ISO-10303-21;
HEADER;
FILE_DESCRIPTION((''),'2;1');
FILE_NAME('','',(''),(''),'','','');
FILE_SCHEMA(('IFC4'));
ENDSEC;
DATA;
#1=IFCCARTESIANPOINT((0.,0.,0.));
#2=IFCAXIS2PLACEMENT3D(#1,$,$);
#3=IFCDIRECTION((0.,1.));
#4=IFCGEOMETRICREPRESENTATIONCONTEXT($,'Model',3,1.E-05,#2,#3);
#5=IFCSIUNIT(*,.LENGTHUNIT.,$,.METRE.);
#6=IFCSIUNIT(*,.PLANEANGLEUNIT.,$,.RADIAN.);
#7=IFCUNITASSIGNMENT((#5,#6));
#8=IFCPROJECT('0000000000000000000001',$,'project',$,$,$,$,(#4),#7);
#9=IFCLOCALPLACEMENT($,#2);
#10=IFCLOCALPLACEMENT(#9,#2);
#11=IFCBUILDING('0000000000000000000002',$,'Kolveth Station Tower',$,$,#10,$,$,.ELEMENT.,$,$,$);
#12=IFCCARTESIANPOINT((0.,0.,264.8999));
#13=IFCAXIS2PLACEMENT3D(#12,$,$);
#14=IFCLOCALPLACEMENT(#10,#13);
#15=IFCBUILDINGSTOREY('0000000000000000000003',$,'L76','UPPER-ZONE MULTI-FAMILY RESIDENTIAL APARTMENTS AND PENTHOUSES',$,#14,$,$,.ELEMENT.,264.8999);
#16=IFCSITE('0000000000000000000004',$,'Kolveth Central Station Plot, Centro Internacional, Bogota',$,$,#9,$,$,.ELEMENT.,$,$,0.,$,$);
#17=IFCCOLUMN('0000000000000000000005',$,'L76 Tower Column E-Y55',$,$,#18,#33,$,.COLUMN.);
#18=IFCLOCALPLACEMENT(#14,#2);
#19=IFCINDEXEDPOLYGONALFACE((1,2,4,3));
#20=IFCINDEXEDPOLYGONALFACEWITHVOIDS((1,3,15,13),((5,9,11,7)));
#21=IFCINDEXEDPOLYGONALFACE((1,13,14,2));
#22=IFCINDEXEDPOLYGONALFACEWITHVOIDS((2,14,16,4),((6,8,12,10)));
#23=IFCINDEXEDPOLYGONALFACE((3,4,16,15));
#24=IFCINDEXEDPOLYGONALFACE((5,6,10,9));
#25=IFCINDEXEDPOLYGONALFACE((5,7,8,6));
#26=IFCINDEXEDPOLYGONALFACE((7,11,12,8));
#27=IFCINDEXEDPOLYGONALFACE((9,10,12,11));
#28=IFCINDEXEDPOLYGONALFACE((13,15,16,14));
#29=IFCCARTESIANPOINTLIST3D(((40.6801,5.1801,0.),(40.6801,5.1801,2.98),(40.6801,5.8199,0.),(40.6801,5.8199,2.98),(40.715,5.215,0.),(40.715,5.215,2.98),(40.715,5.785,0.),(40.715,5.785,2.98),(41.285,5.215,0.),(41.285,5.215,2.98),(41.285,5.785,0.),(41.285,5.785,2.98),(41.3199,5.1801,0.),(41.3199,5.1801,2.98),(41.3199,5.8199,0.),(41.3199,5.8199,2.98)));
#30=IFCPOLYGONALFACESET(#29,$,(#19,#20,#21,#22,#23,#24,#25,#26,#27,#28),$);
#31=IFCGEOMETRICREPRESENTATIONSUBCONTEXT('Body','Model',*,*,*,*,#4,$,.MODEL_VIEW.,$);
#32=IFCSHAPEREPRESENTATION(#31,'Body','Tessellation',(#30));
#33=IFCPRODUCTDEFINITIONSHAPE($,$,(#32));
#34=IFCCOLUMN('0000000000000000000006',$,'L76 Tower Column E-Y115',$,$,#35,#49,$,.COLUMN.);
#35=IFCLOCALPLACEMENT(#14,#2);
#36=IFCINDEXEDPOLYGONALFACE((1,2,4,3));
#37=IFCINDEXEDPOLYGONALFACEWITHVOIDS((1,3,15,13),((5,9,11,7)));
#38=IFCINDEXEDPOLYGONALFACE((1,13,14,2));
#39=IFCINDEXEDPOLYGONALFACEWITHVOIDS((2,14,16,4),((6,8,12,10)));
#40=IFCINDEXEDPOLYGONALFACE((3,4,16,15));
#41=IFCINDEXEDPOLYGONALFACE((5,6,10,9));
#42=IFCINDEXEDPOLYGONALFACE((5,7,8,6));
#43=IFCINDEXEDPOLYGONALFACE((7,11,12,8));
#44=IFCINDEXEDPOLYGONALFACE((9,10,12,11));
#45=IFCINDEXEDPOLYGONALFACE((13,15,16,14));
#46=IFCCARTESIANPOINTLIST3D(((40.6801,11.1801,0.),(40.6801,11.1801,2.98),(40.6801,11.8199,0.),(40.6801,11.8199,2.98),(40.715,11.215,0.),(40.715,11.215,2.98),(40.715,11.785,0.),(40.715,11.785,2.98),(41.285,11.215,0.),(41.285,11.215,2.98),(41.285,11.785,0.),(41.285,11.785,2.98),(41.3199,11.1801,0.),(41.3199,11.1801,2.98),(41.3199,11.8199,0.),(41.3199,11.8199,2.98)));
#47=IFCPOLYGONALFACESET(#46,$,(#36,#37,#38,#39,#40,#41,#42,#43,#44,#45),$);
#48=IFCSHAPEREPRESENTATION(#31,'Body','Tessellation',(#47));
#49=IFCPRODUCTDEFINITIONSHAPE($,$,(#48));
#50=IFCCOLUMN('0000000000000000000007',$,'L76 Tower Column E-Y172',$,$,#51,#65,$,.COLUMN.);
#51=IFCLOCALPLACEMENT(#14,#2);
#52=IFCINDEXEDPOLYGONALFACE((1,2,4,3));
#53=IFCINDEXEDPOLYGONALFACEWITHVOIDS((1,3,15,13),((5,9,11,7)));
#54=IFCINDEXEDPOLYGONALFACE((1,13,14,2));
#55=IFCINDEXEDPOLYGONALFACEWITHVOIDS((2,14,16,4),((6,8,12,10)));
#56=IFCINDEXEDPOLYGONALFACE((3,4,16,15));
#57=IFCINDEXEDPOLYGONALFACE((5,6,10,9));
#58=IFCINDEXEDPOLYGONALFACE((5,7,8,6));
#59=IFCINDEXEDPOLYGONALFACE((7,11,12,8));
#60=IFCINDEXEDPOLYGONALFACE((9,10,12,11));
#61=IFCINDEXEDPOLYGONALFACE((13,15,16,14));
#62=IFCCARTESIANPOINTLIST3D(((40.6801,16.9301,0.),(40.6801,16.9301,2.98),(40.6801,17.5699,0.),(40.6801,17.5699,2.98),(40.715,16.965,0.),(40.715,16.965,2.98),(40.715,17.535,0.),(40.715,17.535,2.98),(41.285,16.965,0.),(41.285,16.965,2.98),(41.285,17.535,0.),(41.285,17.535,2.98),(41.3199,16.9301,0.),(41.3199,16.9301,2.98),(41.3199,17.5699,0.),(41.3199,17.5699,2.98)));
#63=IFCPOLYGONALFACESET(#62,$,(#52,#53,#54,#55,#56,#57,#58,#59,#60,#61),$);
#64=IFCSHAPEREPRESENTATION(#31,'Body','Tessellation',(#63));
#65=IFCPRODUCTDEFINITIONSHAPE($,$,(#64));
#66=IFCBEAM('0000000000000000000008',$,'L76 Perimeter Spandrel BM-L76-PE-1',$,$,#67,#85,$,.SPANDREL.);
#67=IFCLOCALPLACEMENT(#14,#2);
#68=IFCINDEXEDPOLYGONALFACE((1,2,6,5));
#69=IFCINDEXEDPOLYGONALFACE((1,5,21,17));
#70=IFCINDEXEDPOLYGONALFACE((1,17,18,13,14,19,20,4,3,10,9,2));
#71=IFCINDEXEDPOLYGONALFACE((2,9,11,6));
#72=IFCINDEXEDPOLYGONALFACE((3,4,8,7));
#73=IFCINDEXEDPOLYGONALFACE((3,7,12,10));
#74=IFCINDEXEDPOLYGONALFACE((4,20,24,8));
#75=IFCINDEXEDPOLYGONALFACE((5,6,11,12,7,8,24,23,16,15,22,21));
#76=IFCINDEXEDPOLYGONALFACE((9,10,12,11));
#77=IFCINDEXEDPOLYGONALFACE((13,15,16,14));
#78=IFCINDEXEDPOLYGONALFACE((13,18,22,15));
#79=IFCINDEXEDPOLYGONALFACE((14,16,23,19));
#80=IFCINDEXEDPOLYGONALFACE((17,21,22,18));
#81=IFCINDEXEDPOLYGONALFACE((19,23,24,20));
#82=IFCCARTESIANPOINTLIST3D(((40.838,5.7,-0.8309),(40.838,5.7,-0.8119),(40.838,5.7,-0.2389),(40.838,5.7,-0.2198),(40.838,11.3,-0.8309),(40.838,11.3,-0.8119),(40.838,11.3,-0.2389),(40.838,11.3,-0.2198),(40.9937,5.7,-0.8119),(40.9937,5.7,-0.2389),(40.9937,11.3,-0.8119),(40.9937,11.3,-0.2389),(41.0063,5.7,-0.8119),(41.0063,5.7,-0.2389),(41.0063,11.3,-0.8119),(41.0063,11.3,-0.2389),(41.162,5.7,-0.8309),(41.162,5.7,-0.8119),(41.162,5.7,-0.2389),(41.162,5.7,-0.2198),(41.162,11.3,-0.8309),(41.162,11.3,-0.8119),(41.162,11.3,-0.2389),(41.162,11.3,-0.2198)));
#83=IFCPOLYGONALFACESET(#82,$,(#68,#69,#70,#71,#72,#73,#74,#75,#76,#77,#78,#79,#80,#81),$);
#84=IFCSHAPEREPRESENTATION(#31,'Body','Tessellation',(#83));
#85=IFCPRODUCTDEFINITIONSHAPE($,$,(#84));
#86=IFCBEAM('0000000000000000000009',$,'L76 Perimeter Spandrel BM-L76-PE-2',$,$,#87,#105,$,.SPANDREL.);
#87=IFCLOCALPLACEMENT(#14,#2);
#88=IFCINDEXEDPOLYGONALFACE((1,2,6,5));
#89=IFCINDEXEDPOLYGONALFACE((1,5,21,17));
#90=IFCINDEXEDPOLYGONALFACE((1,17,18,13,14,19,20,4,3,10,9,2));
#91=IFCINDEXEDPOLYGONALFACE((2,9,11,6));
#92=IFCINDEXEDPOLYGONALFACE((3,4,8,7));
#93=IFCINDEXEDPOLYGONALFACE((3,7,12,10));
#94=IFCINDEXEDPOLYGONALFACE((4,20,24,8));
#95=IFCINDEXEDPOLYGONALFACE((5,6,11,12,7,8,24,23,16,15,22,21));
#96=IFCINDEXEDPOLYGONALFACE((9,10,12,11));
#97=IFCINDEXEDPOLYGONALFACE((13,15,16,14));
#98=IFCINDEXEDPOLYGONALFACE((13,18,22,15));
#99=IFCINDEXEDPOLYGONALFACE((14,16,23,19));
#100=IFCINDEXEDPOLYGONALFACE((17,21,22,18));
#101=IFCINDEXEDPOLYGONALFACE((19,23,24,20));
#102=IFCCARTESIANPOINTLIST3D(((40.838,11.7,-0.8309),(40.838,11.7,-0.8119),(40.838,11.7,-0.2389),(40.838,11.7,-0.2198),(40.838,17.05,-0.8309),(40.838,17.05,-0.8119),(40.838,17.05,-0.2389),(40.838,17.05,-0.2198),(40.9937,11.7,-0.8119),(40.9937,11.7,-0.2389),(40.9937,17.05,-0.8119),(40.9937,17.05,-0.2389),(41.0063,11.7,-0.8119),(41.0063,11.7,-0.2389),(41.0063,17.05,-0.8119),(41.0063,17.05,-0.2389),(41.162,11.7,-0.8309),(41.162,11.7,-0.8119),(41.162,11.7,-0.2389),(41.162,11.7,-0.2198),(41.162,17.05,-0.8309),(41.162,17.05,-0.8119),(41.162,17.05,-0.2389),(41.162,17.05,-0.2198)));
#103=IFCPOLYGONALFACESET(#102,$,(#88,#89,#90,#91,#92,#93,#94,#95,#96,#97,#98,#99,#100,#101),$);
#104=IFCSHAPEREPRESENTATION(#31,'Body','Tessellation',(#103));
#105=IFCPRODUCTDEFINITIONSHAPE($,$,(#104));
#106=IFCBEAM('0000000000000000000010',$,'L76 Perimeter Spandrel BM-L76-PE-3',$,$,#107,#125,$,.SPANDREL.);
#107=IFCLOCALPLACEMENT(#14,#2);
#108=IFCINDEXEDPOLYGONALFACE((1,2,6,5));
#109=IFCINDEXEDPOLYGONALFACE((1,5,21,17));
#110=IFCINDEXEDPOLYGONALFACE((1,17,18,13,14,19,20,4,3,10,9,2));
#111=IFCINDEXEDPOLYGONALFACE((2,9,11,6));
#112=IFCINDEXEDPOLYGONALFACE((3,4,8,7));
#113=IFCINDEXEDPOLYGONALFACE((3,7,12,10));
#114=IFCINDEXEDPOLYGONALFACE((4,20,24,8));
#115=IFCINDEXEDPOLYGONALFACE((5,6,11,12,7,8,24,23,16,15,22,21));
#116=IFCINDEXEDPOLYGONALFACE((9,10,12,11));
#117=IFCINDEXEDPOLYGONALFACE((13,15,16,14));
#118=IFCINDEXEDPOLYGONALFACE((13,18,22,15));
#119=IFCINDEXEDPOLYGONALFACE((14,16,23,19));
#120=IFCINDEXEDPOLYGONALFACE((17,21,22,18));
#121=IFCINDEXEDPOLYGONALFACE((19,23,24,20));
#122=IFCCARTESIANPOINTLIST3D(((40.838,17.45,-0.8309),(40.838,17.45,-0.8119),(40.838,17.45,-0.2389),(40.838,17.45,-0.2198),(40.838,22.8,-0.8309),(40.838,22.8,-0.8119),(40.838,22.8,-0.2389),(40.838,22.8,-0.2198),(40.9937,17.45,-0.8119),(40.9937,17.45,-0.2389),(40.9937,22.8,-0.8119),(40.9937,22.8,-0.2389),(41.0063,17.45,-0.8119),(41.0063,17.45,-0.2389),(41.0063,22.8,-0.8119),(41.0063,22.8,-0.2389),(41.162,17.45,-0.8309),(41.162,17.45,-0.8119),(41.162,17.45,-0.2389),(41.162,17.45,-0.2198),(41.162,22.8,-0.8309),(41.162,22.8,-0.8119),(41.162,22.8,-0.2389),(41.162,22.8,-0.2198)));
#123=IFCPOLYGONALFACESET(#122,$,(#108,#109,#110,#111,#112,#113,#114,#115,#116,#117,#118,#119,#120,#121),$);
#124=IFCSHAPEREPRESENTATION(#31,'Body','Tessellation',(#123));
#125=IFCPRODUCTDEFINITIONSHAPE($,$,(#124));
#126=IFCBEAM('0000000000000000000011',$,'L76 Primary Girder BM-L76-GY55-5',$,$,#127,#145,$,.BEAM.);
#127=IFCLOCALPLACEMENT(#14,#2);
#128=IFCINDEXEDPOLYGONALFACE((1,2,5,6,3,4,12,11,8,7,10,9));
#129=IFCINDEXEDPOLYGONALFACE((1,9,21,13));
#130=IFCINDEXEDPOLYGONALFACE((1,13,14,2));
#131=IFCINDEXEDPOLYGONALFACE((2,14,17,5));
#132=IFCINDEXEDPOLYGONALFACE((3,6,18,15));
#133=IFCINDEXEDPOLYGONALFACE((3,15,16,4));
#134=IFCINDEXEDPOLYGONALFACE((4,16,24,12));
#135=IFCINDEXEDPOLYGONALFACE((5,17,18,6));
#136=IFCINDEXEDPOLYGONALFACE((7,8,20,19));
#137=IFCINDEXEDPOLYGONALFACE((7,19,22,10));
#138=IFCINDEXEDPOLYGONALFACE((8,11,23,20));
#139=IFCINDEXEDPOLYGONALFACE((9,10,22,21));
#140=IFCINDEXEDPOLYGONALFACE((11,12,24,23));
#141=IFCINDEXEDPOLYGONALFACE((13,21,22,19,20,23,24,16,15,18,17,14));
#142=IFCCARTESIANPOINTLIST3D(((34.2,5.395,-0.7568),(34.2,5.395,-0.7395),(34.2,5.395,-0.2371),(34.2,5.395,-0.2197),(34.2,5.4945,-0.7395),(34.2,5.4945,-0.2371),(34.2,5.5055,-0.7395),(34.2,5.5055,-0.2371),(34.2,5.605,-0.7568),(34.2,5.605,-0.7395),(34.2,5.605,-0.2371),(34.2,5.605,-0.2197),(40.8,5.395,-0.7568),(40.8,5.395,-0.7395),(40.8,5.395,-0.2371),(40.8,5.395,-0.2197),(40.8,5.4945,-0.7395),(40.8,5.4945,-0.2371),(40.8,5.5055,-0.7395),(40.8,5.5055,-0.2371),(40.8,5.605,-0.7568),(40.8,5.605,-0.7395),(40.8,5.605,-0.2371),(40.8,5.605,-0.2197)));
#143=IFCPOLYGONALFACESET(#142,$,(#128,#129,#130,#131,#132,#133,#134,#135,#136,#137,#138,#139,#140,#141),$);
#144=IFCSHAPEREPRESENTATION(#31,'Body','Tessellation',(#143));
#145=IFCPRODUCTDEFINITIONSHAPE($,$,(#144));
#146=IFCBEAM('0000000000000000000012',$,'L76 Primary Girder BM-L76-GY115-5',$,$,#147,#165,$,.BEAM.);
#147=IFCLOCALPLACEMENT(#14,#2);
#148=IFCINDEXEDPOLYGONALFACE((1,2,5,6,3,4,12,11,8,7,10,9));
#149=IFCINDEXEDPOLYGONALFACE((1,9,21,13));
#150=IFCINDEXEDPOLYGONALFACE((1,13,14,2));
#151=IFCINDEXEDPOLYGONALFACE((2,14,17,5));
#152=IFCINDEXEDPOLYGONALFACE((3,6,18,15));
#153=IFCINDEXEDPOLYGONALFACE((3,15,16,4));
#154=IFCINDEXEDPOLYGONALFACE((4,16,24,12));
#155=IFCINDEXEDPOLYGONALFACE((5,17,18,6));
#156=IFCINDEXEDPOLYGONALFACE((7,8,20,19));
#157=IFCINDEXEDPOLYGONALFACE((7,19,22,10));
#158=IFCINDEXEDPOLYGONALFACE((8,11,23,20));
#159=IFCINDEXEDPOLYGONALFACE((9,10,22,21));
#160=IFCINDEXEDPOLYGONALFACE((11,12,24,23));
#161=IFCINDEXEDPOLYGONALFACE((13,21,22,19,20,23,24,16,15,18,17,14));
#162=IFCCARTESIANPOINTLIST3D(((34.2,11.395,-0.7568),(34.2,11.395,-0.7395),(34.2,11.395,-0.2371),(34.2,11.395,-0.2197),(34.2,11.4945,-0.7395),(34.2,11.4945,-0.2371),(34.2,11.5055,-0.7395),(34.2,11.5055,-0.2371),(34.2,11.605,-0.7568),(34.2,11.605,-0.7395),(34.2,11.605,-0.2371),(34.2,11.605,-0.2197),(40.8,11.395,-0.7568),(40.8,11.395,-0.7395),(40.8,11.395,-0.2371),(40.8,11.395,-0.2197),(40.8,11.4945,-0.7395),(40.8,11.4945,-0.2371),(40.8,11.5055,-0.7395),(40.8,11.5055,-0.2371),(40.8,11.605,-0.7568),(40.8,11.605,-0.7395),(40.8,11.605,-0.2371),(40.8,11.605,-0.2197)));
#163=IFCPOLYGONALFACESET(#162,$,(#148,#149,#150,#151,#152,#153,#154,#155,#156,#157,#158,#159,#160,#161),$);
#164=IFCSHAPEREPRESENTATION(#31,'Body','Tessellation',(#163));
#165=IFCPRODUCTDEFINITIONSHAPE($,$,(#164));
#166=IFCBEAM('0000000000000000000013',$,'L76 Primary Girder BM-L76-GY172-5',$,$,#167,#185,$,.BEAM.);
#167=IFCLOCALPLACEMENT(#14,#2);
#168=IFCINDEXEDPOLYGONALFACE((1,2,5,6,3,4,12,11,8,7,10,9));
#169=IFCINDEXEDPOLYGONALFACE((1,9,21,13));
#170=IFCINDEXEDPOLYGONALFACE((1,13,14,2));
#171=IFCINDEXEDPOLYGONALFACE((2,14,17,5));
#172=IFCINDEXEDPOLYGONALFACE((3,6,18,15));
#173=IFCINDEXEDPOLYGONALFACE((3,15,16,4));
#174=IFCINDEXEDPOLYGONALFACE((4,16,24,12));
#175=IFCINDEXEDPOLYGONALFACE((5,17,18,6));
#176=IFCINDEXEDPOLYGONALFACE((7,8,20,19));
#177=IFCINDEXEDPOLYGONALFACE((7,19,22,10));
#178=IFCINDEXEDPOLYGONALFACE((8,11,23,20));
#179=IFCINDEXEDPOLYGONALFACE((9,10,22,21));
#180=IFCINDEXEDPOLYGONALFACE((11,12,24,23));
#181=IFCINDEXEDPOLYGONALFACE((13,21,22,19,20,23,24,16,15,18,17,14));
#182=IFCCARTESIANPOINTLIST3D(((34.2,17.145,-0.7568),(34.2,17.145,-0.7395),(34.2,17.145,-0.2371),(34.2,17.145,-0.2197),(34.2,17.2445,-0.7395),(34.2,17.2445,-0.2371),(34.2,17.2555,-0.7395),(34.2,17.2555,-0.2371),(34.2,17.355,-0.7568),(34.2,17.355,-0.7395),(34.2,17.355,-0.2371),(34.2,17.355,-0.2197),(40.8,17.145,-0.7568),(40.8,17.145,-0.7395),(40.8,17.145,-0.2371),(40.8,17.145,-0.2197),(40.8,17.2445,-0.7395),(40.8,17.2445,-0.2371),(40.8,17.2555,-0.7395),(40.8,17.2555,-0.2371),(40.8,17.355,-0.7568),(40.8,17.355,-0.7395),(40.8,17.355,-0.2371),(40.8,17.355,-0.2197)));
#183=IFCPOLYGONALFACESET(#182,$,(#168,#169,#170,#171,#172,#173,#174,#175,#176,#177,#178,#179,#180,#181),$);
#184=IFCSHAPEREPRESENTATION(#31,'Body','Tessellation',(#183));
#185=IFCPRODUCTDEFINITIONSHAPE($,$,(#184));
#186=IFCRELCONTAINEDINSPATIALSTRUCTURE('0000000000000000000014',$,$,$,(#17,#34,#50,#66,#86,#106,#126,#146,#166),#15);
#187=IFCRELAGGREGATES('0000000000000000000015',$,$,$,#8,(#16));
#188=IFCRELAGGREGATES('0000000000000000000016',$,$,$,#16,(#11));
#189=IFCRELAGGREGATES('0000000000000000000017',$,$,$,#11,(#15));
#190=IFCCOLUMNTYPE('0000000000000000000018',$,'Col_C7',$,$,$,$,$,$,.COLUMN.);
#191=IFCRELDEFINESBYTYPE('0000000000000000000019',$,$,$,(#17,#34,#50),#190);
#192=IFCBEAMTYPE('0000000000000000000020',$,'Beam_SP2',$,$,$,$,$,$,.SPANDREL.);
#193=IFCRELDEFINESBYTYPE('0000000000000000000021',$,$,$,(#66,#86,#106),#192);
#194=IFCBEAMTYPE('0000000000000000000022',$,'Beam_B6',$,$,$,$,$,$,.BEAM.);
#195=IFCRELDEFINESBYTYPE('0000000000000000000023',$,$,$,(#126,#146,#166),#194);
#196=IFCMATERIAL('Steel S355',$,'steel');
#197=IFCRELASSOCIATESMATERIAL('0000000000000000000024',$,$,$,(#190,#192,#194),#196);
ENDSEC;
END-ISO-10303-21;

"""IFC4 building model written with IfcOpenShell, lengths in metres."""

from ifc_helpers import new_model, si_unit, direction, frame, origin, origin_2d, place, context, subcontext, project, spatial, hollow_rectangle, i_section, extrude, source, transform, mapped, material, material_profile, profile_set, type_object, element, save


model = new_model("IFC4")

# Units and contexts
model_context = context("Model", 3, precision=1e-05, world=origin(), true_north=direction((0.0, 1.0)))
body_context = subcontext(model_context, "Body", "Model", "MODEL_VIEW")
ifc_project = project(units=[si_unit("LENGTHUNIT", "METRE"), si_unit("PLANEANGLEUNIT", "RADIAN")], contexts=[model_context])

# Site, building, storey
site_placement = place(None, origin())
site = spatial("IfcSite", under=ifc_project, at=site_placement, Name="Kolveth Central Station Plot, Centro Internacional, Bogota", CompositionType="ELEMENT", RefElevation=0.0)
building_placement = place(site_placement, origin())
building = spatial("IfcBuilding", under=site, at=building_placement, Name="Kolveth Station Tower", CompositionType="ELEMENT")
storey_placement = place(building_placement, frame((0.0, 0.0, 264.8999)))
storey = spatial("IfcBuildingStorey", under=building, at=storey_placement, Name="L76", Description="UPPER-ZONE MULTI-FAMILY RESIDENTIAL APARTMENTS AND PENTHOUSES", CompositionType="ELEMENT", Elevation=264.8999)

# Columns
ifc_material_1 = material(Name="Steel S355", Category="steel")
ifc_material_profile_1 = material_profile(ifc_material_1, hollow_rectangle(XDim=0.6399, YDim=0.6399, WallThickness=0.0349, at=origin_2d()), Name="BOX640x640x35")
ifc_profile_set_1 = profile_set([ifc_material_profile_1], Name="Steel S355")
column_type = type_object("IfcColumnType", Name="Col_C7", PredefinedType="COLUMN", material=ifc_profile_set_1)
shared_shape_1 = source(origin(), body_context, "Body", "SweptSolid", [
    extrude(hollow_rectangle(XDim=0.6399, YDim=0.6399, WallThickness=0.0349, at=origin_2d()), origin(), (0.0, 0.0, 1.0), 2.98),
])
for number, where, z_axis, x_axis, name in (
    (1, (41.0, 5.5, 0.0), (0.0, 0.0, 1.0), (1.0, 0.0, 0.0), "L76 Tower Column E-Y55"),
    (2, (41.0, 11.5, 0.0), (0.0, 0.0, 1.0), (1.0, 0.0, 0.0), "L76 Tower Column E-Y115"),
    (3, (41.0, 17.25, 0.0), (0.0, 0.0, 1.0), (1.0, 0.0, 0.0), "L76 Tower Column E-Y172"),
):
    element("IfcColumn", number, at=place(storey_placement, frame(where, z_axis=z_axis, x_axis=x_axis)), inside=storey, type_object=column_type, Name=name, PredefinedType="COLUMN", context=body_context, shape_type="MappedRepresentation", body=[
        mapped(shared_shape_1, transform((0.0, 0.0, 0.0), x_axis=(1.0, 0.0, 0.0), y_axis=(0.0, 1.0, 0.0), z_axis=(0.0, 0.0, 1.0), scale=1.0)),
    ])

# Beams
ifc_material_profile_2 = material_profile(ifc_material_1, i_section(OverallWidth=0.324, OverallDepth=0.6111, WebThickness=0.0127, FlangeThickness=0.019, at=origin_2d()), Name="W610x155")
ifc_profile_set_2 = profile_set([ifc_material_profile_2], Name="Steel S355")
beam_type_1 = type_object("IfcBeamType", Name="Beam_SP2", PredefinedType="SPANDREL", material=ifc_profile_set_2)
shared_shape_2 = source(origin(), body_context, "Body", "SweptSolid", [
    extrude(i_section(OverallWidth=0.324, OverallDepth=0.6111, WebThickness=0.0127, FlangeThickness=0.019, at=origin_2d()), origin(), (0.0, 0.0, 1.0), 5.6001),
])
beam_1_placement = place(storey_placement, frame((41.0, 5.7, -0.5254), z_axis=(0.0, 1.0, 0.0), x_axis=(-1.0, 0.0, 0.0)))
element("IfcBeam", 4, at=beam_1_placement, inside=storey, type_object=beam_type_1, Name="L76 Perimeter Spandrel BM-L76-PE-1", PredefinedType="SPANDREL", context=body_context, shape_type="MappedRepresentation", body=[
    mapped(shared_shape_2, transform((0.0, 0.0, 0.0), x_axis=(1.0, 0.0, 0.0), y_axis=(0.0, 1.0, 0.0), z_axis=(0.0, 0.0, 1.0), scale=1.0)),
])
shared_shape_3 = source(origin(), body_context, "Body", "SweptSolid", [
    extrude(i_section(OverallWidth=0.324, OverallDepth=0.6111, WebThickness=0.0127, FlangeThickness=0.019, at=origin_2d()), origin(), (0.0, 0.0, 1.0), 5.3501),
])
for number, where, z_axis, x_axis, name in (
    (5, (41.0, 11.7, -0.5254), (0.0, 1.0, 0.0), (-1.0, 0.0, 0.0), "L76 Perimeter Spandrel BM-L76-PE-2"),
    (6, (41.0, 17.45, -0.5254), (0.0, 1.0, 0.0), (-1.0, 0.0, 0.0), "L76 Perimeter Spandrel BM-L76-PE-3"),
):
    element("IfcBeam", number, at=place(storey_placement, frame(where, z_axis=z_axis, x_axis=x_axis)), inside=storey, type_object=beam_type_1, Name=name, PredefinedType="SPANDREL", context=body_context, shape_type="MappedRepresentation", body=[
        mapped(shared_shape_3, transform((0.0, 0.0, 0.0), x_axis=(1.0, 0.0, 0.0), y_axis=(0.0, 1.0, 0.0), z_axis=(0.0, 0.0, 1.0), scale=1.0)),
    ])
ifc_material_profile_3 = material_profile(ifc_material_1, i_section(OverallWidth=0.21, OverallDepth=0.5371, WebThickness=0.011, FlangeThickness=0.0173, at=origin_2d()), Name="W530x101")
ifc_profile_set_3 = profile_set([ifc_material_profile_3], Name="Steel S355")
beam_type_2 = type_object("IfcBeamType", Name="Beam_B6", PredefinedType="BEAM", material=ifc_profile_set_3)
shared_shape_4 = source(origin(), body_context, "Body", "SweptSolid", [
    extrude(i_section(OverallWidth=0.21, OverallDepth=0.5371, WebThickness=0.011, FlangeThickness=0.0173, at=origin_2d()), origin(), (0.0, 0.0, 1.0), 6.6001),
])
for number, where, z_axis, x_axis, name in (
    (7, (34.2, 5.5, -0.4883), (1.0, 0.0, 0.0), (0.0, 1.0, 0.0), "L76 Primary Girder BM-L76-GY55-5"),
    (8, (34.2, 11.5, -0.4883), (1.0, 0.0, 0.0), (0.0, 1.0, 0.0), "L76 Primary Girder BM-L76-GY115-5"),
    (9, (34.2, 17.25, -0.4883), (1.0, 0.0, 0.0), (0.0, 1.0, 0.0), "L76 Primary Girder BM-L76-GY172-5"),
):
    element("IfcBeam", number, at=place(storey_placement, frame(where, z_axis=z_axis, x_axis=x_axis)), inside=storey, type_object=beam_type_2, Name=name, PredefinedType="BEAM", context=body_context, shape_type="MappedRepresentation", body=[
        mapped(shared_shape_4, transform((0.0, 0.0, 0.0), x_axis=(1.0, 0.0, 0.0), y_axis=(0.0, 1.0, 0.0), z_axis=(0.0, 0.0, 1.0), scale=1.0)),
    ])

save(model, "model.ifc")
